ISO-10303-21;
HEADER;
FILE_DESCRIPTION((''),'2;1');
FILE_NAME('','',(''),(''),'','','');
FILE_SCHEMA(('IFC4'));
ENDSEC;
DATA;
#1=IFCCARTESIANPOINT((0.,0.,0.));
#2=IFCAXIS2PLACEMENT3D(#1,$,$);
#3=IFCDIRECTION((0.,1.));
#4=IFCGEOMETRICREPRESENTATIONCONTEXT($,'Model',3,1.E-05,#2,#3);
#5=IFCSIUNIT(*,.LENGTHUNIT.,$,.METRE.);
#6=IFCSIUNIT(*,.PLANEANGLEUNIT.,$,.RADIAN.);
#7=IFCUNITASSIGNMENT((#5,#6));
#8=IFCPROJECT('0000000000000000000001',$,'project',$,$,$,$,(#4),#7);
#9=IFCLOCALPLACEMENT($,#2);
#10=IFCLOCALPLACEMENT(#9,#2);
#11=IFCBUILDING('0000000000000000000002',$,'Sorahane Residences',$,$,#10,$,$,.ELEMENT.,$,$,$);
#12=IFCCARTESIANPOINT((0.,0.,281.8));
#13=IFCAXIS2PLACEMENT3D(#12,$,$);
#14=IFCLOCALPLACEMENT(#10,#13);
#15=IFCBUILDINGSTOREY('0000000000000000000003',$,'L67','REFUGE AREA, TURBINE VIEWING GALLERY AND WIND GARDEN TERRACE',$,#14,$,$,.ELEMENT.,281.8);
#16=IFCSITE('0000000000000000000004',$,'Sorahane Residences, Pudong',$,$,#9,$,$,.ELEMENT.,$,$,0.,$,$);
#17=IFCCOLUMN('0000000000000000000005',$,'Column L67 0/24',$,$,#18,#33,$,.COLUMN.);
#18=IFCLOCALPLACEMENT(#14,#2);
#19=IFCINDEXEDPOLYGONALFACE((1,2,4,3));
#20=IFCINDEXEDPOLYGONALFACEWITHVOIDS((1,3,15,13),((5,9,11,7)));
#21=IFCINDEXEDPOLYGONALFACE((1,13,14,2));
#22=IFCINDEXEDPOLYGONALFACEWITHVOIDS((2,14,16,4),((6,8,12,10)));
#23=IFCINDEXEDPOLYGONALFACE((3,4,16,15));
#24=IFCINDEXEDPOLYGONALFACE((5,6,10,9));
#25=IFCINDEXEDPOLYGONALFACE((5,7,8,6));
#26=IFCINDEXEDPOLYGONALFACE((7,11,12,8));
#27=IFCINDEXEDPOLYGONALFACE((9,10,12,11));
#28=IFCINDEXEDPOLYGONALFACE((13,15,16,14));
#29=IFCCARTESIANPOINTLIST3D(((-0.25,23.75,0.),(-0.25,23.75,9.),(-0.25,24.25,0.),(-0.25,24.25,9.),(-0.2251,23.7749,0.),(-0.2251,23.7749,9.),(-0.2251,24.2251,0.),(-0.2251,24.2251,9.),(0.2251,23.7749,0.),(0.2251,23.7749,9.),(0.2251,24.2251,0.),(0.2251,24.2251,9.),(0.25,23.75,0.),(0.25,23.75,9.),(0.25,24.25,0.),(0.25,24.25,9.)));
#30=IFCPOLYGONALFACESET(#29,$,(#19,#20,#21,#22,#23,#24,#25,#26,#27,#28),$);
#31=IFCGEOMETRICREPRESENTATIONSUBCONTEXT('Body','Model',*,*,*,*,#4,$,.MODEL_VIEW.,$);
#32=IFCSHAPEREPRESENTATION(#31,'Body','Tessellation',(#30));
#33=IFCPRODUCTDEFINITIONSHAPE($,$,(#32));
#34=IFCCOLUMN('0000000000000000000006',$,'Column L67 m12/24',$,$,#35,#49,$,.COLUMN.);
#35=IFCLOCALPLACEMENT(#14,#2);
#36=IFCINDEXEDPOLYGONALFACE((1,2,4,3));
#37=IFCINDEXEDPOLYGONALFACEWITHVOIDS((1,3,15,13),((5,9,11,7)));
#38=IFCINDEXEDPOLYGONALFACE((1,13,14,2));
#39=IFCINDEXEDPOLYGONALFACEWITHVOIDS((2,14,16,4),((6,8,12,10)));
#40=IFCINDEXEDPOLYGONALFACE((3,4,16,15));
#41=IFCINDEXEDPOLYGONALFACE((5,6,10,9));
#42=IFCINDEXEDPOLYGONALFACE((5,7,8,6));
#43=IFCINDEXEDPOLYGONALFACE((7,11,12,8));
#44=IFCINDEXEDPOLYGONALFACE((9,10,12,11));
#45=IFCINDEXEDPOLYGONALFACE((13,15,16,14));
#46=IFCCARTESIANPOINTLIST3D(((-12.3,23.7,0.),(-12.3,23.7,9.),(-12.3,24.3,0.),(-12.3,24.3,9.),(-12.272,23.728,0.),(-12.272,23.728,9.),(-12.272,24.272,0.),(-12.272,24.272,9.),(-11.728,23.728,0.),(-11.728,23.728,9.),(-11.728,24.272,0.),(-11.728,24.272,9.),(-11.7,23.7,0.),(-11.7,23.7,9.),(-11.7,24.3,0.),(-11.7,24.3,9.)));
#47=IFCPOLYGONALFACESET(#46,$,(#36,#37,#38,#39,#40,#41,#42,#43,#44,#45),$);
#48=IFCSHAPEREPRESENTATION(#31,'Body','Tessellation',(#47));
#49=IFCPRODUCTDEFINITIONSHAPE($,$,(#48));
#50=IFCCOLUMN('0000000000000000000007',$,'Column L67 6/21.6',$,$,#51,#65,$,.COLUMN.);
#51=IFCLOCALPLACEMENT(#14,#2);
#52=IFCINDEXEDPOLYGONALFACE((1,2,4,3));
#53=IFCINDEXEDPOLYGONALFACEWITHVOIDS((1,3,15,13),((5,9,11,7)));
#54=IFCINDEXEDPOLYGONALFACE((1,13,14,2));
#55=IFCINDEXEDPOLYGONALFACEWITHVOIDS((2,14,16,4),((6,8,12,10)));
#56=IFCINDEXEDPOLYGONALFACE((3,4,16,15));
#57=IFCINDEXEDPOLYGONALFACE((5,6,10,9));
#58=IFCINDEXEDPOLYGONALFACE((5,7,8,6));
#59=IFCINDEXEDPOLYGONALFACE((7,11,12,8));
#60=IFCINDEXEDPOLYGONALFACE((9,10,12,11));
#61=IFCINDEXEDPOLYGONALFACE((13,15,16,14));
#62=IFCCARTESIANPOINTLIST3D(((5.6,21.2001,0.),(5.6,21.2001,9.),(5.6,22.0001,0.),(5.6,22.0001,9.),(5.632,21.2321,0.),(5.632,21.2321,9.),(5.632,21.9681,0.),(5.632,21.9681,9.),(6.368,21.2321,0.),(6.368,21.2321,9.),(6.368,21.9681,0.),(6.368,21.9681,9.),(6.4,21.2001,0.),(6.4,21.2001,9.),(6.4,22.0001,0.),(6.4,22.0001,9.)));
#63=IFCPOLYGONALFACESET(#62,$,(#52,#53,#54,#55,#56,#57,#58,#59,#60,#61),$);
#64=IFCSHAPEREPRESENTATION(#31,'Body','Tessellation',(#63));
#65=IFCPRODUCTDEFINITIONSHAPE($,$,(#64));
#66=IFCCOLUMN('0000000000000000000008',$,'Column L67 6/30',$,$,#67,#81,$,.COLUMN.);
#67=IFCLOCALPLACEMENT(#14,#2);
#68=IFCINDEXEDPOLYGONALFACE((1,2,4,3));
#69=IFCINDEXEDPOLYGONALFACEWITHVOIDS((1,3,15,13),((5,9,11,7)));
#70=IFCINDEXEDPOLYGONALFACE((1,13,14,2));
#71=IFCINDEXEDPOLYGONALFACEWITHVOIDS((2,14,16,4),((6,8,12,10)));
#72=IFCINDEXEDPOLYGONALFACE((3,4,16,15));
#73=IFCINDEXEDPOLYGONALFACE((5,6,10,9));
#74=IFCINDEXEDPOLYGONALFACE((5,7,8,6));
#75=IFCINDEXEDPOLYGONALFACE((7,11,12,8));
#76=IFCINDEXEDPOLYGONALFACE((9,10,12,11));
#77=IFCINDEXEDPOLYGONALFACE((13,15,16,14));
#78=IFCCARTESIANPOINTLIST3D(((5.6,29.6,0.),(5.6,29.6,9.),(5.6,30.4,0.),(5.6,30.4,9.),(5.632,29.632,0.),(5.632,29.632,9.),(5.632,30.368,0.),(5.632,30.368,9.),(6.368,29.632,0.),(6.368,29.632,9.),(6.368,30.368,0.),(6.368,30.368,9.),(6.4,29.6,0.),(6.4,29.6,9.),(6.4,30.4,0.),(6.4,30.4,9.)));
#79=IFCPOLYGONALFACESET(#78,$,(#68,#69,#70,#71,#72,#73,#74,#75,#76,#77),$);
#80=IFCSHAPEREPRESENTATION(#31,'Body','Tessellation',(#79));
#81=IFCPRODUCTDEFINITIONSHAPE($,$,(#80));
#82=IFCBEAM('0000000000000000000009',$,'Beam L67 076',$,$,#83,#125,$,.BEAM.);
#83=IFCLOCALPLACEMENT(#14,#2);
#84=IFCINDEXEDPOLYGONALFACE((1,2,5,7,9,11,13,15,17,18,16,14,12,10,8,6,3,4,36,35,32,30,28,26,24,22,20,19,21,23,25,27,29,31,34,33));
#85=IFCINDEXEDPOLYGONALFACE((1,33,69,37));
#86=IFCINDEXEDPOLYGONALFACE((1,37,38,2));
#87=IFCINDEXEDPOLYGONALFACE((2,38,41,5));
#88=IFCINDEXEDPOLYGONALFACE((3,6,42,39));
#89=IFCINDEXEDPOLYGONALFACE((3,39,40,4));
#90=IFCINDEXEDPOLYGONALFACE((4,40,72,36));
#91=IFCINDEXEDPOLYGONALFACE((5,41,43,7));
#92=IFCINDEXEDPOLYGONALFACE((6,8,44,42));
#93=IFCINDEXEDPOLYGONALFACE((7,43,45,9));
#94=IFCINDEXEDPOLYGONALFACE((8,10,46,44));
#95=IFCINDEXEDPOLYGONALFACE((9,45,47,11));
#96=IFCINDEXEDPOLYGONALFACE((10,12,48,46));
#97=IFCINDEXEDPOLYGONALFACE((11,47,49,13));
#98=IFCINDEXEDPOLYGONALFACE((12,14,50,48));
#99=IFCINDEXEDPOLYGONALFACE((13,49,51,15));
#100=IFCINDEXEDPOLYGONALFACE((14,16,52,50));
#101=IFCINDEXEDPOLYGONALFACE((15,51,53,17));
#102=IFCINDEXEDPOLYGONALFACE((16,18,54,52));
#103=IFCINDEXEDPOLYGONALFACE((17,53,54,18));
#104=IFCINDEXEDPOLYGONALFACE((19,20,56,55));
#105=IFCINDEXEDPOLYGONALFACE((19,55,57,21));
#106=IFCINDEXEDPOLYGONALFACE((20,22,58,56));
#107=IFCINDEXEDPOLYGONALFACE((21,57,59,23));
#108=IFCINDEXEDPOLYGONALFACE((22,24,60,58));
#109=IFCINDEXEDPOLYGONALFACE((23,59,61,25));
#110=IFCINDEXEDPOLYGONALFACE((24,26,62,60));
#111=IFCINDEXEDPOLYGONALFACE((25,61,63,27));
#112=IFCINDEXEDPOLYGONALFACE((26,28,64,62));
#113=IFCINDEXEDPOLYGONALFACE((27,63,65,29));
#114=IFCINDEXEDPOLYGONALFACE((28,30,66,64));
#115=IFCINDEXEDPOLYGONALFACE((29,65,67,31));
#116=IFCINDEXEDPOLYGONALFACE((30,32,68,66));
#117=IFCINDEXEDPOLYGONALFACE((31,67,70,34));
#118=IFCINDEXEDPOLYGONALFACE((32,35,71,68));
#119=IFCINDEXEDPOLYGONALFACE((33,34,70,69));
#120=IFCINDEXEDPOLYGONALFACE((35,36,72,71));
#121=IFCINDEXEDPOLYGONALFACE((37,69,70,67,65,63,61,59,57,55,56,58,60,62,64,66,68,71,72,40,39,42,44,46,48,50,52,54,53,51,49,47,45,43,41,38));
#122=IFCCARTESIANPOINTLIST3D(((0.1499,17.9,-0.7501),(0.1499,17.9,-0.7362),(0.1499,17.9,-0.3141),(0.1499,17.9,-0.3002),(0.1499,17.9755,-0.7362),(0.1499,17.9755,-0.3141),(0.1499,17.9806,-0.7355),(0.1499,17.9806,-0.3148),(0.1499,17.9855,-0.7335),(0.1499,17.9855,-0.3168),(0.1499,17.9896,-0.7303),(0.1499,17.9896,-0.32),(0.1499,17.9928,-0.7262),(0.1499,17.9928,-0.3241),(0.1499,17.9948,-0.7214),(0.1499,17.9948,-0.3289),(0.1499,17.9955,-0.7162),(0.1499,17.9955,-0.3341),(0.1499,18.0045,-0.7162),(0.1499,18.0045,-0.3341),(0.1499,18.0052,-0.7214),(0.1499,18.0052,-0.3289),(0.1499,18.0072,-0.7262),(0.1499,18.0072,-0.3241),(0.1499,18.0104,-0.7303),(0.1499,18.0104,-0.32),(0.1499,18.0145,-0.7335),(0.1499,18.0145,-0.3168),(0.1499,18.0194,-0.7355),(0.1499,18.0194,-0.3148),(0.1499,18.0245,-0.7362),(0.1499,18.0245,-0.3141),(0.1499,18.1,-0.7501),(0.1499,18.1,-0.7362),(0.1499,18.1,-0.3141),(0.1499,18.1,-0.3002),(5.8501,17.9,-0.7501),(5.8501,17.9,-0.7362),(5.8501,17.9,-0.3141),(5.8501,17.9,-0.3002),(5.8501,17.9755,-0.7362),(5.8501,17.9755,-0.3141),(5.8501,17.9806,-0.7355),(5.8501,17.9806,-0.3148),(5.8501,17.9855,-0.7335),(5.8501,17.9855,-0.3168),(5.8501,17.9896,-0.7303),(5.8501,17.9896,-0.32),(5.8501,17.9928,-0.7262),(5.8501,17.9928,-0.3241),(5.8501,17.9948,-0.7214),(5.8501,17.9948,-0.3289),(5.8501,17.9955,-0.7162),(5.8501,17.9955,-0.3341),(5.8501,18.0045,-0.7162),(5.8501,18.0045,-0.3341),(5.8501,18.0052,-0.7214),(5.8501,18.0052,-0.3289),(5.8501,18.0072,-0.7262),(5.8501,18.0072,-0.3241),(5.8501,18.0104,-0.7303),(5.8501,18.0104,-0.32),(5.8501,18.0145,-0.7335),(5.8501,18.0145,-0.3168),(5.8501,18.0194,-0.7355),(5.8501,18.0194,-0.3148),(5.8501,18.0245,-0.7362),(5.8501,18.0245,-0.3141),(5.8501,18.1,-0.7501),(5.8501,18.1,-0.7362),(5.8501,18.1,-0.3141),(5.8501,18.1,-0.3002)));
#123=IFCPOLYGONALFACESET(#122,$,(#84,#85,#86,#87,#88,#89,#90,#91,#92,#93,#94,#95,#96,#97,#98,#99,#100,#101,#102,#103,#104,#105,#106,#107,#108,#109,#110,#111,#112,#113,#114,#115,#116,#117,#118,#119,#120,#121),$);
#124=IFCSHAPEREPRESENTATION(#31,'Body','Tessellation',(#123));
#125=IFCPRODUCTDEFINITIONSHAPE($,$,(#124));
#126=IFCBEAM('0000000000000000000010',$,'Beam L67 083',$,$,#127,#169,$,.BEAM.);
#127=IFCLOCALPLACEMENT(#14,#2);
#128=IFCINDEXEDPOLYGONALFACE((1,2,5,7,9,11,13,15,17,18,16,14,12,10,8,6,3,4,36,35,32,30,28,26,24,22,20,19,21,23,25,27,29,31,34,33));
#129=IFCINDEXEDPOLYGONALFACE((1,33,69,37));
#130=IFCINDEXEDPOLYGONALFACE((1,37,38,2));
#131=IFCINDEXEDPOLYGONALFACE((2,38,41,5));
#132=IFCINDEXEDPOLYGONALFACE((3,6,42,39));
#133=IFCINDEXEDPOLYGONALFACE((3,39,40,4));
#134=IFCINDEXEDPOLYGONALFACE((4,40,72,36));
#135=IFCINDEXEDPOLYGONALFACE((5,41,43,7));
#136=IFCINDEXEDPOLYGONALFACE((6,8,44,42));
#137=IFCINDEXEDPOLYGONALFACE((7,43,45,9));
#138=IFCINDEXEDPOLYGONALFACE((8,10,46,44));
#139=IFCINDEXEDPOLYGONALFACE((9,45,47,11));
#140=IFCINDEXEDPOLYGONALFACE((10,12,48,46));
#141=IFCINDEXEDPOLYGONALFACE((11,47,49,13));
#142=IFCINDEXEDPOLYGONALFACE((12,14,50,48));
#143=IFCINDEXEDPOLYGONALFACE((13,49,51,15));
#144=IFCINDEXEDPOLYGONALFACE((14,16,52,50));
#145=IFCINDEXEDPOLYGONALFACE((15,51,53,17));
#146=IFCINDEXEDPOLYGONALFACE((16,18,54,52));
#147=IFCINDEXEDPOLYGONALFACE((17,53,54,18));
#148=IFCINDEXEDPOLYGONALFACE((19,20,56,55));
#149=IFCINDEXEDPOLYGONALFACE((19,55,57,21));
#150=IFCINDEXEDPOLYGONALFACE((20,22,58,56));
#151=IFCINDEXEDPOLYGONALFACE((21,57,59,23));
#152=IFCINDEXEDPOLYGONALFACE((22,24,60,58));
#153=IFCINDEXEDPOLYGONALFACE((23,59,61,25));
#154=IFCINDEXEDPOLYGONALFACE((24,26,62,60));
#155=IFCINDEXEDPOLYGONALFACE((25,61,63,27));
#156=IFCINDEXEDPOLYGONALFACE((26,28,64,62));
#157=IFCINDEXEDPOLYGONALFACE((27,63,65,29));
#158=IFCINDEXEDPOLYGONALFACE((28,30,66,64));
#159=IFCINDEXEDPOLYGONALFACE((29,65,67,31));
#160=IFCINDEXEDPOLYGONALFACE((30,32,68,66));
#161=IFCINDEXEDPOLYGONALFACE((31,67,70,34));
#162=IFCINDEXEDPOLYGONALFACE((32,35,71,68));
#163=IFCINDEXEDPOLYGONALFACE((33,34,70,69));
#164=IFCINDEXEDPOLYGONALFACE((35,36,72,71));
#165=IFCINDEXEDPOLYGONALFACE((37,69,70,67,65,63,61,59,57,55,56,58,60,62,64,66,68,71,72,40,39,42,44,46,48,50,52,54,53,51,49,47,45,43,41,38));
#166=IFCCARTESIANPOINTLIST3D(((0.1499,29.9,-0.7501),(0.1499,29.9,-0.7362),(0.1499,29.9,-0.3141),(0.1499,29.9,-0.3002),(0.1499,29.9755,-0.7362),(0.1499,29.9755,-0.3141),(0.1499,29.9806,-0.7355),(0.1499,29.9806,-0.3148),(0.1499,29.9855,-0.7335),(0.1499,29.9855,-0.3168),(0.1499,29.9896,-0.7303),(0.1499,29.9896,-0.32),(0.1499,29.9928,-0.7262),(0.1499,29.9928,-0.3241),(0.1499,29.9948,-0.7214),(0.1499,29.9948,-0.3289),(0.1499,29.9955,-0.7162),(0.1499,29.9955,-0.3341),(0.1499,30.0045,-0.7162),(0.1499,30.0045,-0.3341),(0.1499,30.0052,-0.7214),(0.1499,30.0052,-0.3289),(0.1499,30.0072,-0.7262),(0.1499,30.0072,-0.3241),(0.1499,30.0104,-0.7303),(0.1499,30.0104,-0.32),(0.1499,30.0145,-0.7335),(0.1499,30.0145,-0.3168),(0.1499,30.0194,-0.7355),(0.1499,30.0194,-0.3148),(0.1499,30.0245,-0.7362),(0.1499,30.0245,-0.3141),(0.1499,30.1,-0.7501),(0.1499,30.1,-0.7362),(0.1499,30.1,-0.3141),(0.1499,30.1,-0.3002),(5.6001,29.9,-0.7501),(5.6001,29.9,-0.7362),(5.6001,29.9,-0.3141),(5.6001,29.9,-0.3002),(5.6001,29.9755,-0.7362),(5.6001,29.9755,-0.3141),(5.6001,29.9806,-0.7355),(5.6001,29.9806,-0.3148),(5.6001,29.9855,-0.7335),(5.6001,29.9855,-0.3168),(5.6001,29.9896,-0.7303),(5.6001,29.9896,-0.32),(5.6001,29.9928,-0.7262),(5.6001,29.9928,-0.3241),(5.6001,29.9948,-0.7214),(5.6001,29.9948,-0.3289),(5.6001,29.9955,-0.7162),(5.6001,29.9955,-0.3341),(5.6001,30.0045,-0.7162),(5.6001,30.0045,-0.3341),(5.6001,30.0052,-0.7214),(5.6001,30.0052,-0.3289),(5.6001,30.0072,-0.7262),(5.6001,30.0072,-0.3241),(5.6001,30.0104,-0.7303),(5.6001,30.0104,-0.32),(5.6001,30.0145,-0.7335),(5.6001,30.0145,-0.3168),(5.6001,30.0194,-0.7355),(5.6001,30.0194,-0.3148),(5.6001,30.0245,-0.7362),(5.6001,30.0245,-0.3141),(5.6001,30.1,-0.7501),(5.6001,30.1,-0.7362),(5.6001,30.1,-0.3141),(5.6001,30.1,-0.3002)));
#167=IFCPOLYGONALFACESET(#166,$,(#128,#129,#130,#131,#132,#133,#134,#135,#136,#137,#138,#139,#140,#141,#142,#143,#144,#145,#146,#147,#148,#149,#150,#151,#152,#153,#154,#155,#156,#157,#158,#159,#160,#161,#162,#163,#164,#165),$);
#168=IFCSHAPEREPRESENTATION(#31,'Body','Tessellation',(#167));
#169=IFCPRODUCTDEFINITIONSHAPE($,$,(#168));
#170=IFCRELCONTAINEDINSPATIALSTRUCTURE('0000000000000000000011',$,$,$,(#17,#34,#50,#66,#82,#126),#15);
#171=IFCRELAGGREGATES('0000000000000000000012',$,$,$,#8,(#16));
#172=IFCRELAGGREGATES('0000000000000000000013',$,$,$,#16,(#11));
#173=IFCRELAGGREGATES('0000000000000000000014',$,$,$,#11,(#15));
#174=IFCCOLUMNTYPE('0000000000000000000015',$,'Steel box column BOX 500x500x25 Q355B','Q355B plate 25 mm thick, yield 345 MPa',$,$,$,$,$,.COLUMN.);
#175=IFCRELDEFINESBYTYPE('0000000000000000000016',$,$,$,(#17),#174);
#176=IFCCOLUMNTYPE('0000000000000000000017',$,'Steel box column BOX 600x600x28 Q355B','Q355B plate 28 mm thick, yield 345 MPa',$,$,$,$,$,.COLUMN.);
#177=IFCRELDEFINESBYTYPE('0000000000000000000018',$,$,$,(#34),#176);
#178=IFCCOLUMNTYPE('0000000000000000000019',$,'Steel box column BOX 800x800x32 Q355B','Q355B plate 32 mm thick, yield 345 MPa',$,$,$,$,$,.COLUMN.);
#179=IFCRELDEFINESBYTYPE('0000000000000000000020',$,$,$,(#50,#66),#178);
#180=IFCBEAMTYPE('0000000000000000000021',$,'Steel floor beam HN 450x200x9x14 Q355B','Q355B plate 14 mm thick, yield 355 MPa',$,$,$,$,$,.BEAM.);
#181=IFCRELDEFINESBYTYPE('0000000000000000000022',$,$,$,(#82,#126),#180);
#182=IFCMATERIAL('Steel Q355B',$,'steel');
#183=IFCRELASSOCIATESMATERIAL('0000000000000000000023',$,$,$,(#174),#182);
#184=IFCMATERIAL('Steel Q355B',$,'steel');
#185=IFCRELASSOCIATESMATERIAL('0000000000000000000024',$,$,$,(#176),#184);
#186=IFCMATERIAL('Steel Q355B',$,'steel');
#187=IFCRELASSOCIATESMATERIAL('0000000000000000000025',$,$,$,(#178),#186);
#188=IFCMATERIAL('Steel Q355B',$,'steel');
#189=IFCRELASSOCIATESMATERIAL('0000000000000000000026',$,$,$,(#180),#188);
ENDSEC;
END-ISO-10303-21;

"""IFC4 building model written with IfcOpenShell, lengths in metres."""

from ifc_helpers import new_model, si_unit, direction, frame, origin, origin_2d, place, context, subcontext, project, spatial, hollow_rectangle, i_section, extrude, material, material_profile, profile_set, type_object, element, save


model = new_model("IFC4")

# Units and contexts
model_context = context("Model", 3, precision=1e-05, world=origin(), true_north=direction((0.0, 1.0)))
body_context = subcontext(model_context, "Body", "Model", "MODEL_VIEW")
ifc_project = project(units=[si_unit("LENGTHUNIT", "METRE"), si_unit("PLANEANGLEUNIT", "RADIAN")], contexts=[model_context])

# Site, building, storey
site_placement = place(None, origin())
site = spatial("IfcSite", under=ifc_project, at=site_placement, Name="Sorahane Residences, Pudong", CompositionType="ELEMENT", RefElevation=0.0)
building_placement = place(site_placement, origin())
building = spatial("IfcBuilding", under=site, at=building_placement, Name="Sorahane Residences", CompositionType="ELEMENT")
storey_placement = place(building_placement, frame((0.0, 0.0, 281.8)))
storey = spatial("IfcBuildingStorey", under=building, at=storey_placement, Name="L67", Description="REFUGE AREA, TURBINE VIEWING GALLERY AND WIND GARDEN TERRACE", CompositionType="ELEMENT", Elevation=281.8)

# Columns
ifc_material_1 = material(Name="Steel Q355B", Category="steel")
ifc_material_profile_1 = material_profile(ifc_material_1, hollow_rectangle(XDim=0.5, YDim=0.5, WallThickness=0.0249, at=origin_2d()), Name="BOX 500x500x25")
ifc_profile_set_1 = profile_set([ifc_material_profile_1], Name="Steel Q355B")
column_type_1 = type_object("IfcColumnType", Name="Steel box column BOX 500x500x25 Q355B", Description="Q355B plate 25 mm thick, yield 345 MPa", PredefinedType="COLUMN", material=ifc_profile_set_1)
column_1_placement = place(storey_placement, frame((0.0, 24.0, 0.0), z_axis=(0.0, 0.0, 1.0), x_axis=(1.0, 0.0, 0.0)))
element("IfcColumn", 1, at=column_1_placement, inside=storey, type_object=column_type_1, Name="Column L67 0/24", PredefinedType="COLUMN", context=body_context, shape_type="SweptSolid", body=[
    extrude(hollow_rectangle(XDim=0.5, YDim=0.5, WallThickness=0.0249, at=origin_2d()), origin(), (0.0, 0.0, 1.0), 9.0),
])
ifc_material_2 = material(Name="Steel Q355B", Category="steel")
ifc_material_profile_2 = material_profile(ifc_material_2, hollow_rectangle(XDim=0.6001, YDim=0.6001, WallThickness=0.0281, at=origin_2d()), Name="BOX 600x600x28")
ifc_profile_set_2 = profile_set([ifc_material_profile_2], Name="Steel Q355B")
column_type_2 = type_object("IfcColumnType", Name="Steel box column BOX 600x600x28 Q355B", Description="Q355B plate 28 mm thick, yield 345 MPa", PredefinedType="COLUMN", material=ifc_profile_set_2)
column_2_placement = place(storey_placement, frame((-12.0, 24.0, 0.0), z_axis=(0.0, 0.0, 1.0), x_axis=(1.0, 0.0, 0.0)))
element("IfcColumn", 2, at=column_2_placement, inside=storey, type_object=column_type_2, Name="Column L67 m12/24", PredefinedType="COLUMN", context=body_context, shape_type="SweptSolid", body=[
    extrude(hollow_rectangle(XDim=0.6001, YDim=0.6001, WallThickness=0.0281, at=origin_2d()), origin(), (0.0, 0.0, 1.0), 9.0),
])
ifc_material_3 = material(Name="Steel Q355B", Category="steel")
ifc_material_profile_3 = material_profile(ifc_material_3, hollow_rectangle(XDim=0.8, YDim=0.8, WallThickness=0.032, at=origin_2d()), Name="BOX 800x800x32")
ifc_profile_set_3 = profile_set([ifc_material_profile_3], Name="Steel Q355B")
column_type_3 = type_object("IfcColumnType", Name="Steel box column BOX 800x800x32 Q355B", Description="Q355B plate 32 mm thick, yield 345 MPa", PredefinedType="COLUMN", material=ifc_profile_set_3)
for number, where, z_axis, x_axis, name in (
    (3, (6.0, 21.6001, 0.0), (0.0, 0.0, 1.0), (1.0, 0.0, 0.0), "Column L67 6/21.6"),
    (4, (6.0, 30.0, 0.0), (0.0, 0.0, 1.0), (1.0, 0.0, 0.0), "Column L67 6/30"),
):
    element("IfcColumn", number, at=place(storey_placement, frame(where, z_axis=z_axis, x_axis=x_axis)), inside=storey, type_object=column_type_3, Name=name, PredefinedType="COLUMN", context=body_context, shape_type="SweptSolid", body=[
        extrude(hollow_rectangle(XDim=0.8, YDim=0.8, WallThickness=0.032, at=origin_2d()), origin(), (0.0, 0.0, 1.0), 9.0),
    ])

# Beams
ifc_material_4 = material(Name="Steel Q355B", Category="steel")
ifc_material_profile_4 = material_profile(ifc_material_4, i_section(OverallWidth=0.2, OverallDepth=0.45, WebThickness=0.009, FlangeThickness=0.0139, FilletRadius=0.02, at=origin_2d()), Name="HN 450x200x9x14")
ifc_profile_set_4 = profile_set([ifc_material_profile_4], Name="Steel Q355B")
beam_type_1 = type_object("IfcBeamType", Name="Steel floor beam HN 450x200x9x14 Q355B", Description="Q355B plate 14 mm thick, yield 355 MPa", PredefinedType="BEAM", material=ifc_profile_set_4)
beam_1_placement = place(storey_placement, frame((0.1499, 18.0, -0.5251), z_axis=(1.0, 0.0, 0.0), x_axis=(0.0, 1.0, 0.0)))
element("IfcBeam", 5, at=beam_1_placement, inside=storey, type_object=beam_type_1, Name="Beam L67 076", PredefinedType="BEAM", context=body_context, shape_type="SweptSolid", body=[
    extrude(i_section(OverallWidth=0.2, OverallDepth=0.45, WebThickness=0.009, FlangeThickness=0.0139, FilletRadius=0.02, at=origin_2d()), origin(), (0.0, 0.0, 1.0), 5.7002),
])
beam_2_placement = place(storey_placement, frame((0.1499, 30.0, -0.5251), z_axis=(1.0, 0.0, 0.0), x_axis=(0.0, 1.0, 0.0)))
element("IfcBeam", 6, at=beam_2_placement, inside=storey, type_object=beam_type_1, Name="Beam L67 083", PredefinedType="BEAM", context=body_context, shape_type="SweptSolid", body=[
    extrude(i_section(OverallWidth=0.2, OverallDepth=0.45, WebThickness=0.009, FlangeThickness=0.0139, FilletRadius=0.02, at=origin_2d()), origin(), (0.0, 0.0, 1.0), 5.4502),
])

save(model, "model.ifc")
